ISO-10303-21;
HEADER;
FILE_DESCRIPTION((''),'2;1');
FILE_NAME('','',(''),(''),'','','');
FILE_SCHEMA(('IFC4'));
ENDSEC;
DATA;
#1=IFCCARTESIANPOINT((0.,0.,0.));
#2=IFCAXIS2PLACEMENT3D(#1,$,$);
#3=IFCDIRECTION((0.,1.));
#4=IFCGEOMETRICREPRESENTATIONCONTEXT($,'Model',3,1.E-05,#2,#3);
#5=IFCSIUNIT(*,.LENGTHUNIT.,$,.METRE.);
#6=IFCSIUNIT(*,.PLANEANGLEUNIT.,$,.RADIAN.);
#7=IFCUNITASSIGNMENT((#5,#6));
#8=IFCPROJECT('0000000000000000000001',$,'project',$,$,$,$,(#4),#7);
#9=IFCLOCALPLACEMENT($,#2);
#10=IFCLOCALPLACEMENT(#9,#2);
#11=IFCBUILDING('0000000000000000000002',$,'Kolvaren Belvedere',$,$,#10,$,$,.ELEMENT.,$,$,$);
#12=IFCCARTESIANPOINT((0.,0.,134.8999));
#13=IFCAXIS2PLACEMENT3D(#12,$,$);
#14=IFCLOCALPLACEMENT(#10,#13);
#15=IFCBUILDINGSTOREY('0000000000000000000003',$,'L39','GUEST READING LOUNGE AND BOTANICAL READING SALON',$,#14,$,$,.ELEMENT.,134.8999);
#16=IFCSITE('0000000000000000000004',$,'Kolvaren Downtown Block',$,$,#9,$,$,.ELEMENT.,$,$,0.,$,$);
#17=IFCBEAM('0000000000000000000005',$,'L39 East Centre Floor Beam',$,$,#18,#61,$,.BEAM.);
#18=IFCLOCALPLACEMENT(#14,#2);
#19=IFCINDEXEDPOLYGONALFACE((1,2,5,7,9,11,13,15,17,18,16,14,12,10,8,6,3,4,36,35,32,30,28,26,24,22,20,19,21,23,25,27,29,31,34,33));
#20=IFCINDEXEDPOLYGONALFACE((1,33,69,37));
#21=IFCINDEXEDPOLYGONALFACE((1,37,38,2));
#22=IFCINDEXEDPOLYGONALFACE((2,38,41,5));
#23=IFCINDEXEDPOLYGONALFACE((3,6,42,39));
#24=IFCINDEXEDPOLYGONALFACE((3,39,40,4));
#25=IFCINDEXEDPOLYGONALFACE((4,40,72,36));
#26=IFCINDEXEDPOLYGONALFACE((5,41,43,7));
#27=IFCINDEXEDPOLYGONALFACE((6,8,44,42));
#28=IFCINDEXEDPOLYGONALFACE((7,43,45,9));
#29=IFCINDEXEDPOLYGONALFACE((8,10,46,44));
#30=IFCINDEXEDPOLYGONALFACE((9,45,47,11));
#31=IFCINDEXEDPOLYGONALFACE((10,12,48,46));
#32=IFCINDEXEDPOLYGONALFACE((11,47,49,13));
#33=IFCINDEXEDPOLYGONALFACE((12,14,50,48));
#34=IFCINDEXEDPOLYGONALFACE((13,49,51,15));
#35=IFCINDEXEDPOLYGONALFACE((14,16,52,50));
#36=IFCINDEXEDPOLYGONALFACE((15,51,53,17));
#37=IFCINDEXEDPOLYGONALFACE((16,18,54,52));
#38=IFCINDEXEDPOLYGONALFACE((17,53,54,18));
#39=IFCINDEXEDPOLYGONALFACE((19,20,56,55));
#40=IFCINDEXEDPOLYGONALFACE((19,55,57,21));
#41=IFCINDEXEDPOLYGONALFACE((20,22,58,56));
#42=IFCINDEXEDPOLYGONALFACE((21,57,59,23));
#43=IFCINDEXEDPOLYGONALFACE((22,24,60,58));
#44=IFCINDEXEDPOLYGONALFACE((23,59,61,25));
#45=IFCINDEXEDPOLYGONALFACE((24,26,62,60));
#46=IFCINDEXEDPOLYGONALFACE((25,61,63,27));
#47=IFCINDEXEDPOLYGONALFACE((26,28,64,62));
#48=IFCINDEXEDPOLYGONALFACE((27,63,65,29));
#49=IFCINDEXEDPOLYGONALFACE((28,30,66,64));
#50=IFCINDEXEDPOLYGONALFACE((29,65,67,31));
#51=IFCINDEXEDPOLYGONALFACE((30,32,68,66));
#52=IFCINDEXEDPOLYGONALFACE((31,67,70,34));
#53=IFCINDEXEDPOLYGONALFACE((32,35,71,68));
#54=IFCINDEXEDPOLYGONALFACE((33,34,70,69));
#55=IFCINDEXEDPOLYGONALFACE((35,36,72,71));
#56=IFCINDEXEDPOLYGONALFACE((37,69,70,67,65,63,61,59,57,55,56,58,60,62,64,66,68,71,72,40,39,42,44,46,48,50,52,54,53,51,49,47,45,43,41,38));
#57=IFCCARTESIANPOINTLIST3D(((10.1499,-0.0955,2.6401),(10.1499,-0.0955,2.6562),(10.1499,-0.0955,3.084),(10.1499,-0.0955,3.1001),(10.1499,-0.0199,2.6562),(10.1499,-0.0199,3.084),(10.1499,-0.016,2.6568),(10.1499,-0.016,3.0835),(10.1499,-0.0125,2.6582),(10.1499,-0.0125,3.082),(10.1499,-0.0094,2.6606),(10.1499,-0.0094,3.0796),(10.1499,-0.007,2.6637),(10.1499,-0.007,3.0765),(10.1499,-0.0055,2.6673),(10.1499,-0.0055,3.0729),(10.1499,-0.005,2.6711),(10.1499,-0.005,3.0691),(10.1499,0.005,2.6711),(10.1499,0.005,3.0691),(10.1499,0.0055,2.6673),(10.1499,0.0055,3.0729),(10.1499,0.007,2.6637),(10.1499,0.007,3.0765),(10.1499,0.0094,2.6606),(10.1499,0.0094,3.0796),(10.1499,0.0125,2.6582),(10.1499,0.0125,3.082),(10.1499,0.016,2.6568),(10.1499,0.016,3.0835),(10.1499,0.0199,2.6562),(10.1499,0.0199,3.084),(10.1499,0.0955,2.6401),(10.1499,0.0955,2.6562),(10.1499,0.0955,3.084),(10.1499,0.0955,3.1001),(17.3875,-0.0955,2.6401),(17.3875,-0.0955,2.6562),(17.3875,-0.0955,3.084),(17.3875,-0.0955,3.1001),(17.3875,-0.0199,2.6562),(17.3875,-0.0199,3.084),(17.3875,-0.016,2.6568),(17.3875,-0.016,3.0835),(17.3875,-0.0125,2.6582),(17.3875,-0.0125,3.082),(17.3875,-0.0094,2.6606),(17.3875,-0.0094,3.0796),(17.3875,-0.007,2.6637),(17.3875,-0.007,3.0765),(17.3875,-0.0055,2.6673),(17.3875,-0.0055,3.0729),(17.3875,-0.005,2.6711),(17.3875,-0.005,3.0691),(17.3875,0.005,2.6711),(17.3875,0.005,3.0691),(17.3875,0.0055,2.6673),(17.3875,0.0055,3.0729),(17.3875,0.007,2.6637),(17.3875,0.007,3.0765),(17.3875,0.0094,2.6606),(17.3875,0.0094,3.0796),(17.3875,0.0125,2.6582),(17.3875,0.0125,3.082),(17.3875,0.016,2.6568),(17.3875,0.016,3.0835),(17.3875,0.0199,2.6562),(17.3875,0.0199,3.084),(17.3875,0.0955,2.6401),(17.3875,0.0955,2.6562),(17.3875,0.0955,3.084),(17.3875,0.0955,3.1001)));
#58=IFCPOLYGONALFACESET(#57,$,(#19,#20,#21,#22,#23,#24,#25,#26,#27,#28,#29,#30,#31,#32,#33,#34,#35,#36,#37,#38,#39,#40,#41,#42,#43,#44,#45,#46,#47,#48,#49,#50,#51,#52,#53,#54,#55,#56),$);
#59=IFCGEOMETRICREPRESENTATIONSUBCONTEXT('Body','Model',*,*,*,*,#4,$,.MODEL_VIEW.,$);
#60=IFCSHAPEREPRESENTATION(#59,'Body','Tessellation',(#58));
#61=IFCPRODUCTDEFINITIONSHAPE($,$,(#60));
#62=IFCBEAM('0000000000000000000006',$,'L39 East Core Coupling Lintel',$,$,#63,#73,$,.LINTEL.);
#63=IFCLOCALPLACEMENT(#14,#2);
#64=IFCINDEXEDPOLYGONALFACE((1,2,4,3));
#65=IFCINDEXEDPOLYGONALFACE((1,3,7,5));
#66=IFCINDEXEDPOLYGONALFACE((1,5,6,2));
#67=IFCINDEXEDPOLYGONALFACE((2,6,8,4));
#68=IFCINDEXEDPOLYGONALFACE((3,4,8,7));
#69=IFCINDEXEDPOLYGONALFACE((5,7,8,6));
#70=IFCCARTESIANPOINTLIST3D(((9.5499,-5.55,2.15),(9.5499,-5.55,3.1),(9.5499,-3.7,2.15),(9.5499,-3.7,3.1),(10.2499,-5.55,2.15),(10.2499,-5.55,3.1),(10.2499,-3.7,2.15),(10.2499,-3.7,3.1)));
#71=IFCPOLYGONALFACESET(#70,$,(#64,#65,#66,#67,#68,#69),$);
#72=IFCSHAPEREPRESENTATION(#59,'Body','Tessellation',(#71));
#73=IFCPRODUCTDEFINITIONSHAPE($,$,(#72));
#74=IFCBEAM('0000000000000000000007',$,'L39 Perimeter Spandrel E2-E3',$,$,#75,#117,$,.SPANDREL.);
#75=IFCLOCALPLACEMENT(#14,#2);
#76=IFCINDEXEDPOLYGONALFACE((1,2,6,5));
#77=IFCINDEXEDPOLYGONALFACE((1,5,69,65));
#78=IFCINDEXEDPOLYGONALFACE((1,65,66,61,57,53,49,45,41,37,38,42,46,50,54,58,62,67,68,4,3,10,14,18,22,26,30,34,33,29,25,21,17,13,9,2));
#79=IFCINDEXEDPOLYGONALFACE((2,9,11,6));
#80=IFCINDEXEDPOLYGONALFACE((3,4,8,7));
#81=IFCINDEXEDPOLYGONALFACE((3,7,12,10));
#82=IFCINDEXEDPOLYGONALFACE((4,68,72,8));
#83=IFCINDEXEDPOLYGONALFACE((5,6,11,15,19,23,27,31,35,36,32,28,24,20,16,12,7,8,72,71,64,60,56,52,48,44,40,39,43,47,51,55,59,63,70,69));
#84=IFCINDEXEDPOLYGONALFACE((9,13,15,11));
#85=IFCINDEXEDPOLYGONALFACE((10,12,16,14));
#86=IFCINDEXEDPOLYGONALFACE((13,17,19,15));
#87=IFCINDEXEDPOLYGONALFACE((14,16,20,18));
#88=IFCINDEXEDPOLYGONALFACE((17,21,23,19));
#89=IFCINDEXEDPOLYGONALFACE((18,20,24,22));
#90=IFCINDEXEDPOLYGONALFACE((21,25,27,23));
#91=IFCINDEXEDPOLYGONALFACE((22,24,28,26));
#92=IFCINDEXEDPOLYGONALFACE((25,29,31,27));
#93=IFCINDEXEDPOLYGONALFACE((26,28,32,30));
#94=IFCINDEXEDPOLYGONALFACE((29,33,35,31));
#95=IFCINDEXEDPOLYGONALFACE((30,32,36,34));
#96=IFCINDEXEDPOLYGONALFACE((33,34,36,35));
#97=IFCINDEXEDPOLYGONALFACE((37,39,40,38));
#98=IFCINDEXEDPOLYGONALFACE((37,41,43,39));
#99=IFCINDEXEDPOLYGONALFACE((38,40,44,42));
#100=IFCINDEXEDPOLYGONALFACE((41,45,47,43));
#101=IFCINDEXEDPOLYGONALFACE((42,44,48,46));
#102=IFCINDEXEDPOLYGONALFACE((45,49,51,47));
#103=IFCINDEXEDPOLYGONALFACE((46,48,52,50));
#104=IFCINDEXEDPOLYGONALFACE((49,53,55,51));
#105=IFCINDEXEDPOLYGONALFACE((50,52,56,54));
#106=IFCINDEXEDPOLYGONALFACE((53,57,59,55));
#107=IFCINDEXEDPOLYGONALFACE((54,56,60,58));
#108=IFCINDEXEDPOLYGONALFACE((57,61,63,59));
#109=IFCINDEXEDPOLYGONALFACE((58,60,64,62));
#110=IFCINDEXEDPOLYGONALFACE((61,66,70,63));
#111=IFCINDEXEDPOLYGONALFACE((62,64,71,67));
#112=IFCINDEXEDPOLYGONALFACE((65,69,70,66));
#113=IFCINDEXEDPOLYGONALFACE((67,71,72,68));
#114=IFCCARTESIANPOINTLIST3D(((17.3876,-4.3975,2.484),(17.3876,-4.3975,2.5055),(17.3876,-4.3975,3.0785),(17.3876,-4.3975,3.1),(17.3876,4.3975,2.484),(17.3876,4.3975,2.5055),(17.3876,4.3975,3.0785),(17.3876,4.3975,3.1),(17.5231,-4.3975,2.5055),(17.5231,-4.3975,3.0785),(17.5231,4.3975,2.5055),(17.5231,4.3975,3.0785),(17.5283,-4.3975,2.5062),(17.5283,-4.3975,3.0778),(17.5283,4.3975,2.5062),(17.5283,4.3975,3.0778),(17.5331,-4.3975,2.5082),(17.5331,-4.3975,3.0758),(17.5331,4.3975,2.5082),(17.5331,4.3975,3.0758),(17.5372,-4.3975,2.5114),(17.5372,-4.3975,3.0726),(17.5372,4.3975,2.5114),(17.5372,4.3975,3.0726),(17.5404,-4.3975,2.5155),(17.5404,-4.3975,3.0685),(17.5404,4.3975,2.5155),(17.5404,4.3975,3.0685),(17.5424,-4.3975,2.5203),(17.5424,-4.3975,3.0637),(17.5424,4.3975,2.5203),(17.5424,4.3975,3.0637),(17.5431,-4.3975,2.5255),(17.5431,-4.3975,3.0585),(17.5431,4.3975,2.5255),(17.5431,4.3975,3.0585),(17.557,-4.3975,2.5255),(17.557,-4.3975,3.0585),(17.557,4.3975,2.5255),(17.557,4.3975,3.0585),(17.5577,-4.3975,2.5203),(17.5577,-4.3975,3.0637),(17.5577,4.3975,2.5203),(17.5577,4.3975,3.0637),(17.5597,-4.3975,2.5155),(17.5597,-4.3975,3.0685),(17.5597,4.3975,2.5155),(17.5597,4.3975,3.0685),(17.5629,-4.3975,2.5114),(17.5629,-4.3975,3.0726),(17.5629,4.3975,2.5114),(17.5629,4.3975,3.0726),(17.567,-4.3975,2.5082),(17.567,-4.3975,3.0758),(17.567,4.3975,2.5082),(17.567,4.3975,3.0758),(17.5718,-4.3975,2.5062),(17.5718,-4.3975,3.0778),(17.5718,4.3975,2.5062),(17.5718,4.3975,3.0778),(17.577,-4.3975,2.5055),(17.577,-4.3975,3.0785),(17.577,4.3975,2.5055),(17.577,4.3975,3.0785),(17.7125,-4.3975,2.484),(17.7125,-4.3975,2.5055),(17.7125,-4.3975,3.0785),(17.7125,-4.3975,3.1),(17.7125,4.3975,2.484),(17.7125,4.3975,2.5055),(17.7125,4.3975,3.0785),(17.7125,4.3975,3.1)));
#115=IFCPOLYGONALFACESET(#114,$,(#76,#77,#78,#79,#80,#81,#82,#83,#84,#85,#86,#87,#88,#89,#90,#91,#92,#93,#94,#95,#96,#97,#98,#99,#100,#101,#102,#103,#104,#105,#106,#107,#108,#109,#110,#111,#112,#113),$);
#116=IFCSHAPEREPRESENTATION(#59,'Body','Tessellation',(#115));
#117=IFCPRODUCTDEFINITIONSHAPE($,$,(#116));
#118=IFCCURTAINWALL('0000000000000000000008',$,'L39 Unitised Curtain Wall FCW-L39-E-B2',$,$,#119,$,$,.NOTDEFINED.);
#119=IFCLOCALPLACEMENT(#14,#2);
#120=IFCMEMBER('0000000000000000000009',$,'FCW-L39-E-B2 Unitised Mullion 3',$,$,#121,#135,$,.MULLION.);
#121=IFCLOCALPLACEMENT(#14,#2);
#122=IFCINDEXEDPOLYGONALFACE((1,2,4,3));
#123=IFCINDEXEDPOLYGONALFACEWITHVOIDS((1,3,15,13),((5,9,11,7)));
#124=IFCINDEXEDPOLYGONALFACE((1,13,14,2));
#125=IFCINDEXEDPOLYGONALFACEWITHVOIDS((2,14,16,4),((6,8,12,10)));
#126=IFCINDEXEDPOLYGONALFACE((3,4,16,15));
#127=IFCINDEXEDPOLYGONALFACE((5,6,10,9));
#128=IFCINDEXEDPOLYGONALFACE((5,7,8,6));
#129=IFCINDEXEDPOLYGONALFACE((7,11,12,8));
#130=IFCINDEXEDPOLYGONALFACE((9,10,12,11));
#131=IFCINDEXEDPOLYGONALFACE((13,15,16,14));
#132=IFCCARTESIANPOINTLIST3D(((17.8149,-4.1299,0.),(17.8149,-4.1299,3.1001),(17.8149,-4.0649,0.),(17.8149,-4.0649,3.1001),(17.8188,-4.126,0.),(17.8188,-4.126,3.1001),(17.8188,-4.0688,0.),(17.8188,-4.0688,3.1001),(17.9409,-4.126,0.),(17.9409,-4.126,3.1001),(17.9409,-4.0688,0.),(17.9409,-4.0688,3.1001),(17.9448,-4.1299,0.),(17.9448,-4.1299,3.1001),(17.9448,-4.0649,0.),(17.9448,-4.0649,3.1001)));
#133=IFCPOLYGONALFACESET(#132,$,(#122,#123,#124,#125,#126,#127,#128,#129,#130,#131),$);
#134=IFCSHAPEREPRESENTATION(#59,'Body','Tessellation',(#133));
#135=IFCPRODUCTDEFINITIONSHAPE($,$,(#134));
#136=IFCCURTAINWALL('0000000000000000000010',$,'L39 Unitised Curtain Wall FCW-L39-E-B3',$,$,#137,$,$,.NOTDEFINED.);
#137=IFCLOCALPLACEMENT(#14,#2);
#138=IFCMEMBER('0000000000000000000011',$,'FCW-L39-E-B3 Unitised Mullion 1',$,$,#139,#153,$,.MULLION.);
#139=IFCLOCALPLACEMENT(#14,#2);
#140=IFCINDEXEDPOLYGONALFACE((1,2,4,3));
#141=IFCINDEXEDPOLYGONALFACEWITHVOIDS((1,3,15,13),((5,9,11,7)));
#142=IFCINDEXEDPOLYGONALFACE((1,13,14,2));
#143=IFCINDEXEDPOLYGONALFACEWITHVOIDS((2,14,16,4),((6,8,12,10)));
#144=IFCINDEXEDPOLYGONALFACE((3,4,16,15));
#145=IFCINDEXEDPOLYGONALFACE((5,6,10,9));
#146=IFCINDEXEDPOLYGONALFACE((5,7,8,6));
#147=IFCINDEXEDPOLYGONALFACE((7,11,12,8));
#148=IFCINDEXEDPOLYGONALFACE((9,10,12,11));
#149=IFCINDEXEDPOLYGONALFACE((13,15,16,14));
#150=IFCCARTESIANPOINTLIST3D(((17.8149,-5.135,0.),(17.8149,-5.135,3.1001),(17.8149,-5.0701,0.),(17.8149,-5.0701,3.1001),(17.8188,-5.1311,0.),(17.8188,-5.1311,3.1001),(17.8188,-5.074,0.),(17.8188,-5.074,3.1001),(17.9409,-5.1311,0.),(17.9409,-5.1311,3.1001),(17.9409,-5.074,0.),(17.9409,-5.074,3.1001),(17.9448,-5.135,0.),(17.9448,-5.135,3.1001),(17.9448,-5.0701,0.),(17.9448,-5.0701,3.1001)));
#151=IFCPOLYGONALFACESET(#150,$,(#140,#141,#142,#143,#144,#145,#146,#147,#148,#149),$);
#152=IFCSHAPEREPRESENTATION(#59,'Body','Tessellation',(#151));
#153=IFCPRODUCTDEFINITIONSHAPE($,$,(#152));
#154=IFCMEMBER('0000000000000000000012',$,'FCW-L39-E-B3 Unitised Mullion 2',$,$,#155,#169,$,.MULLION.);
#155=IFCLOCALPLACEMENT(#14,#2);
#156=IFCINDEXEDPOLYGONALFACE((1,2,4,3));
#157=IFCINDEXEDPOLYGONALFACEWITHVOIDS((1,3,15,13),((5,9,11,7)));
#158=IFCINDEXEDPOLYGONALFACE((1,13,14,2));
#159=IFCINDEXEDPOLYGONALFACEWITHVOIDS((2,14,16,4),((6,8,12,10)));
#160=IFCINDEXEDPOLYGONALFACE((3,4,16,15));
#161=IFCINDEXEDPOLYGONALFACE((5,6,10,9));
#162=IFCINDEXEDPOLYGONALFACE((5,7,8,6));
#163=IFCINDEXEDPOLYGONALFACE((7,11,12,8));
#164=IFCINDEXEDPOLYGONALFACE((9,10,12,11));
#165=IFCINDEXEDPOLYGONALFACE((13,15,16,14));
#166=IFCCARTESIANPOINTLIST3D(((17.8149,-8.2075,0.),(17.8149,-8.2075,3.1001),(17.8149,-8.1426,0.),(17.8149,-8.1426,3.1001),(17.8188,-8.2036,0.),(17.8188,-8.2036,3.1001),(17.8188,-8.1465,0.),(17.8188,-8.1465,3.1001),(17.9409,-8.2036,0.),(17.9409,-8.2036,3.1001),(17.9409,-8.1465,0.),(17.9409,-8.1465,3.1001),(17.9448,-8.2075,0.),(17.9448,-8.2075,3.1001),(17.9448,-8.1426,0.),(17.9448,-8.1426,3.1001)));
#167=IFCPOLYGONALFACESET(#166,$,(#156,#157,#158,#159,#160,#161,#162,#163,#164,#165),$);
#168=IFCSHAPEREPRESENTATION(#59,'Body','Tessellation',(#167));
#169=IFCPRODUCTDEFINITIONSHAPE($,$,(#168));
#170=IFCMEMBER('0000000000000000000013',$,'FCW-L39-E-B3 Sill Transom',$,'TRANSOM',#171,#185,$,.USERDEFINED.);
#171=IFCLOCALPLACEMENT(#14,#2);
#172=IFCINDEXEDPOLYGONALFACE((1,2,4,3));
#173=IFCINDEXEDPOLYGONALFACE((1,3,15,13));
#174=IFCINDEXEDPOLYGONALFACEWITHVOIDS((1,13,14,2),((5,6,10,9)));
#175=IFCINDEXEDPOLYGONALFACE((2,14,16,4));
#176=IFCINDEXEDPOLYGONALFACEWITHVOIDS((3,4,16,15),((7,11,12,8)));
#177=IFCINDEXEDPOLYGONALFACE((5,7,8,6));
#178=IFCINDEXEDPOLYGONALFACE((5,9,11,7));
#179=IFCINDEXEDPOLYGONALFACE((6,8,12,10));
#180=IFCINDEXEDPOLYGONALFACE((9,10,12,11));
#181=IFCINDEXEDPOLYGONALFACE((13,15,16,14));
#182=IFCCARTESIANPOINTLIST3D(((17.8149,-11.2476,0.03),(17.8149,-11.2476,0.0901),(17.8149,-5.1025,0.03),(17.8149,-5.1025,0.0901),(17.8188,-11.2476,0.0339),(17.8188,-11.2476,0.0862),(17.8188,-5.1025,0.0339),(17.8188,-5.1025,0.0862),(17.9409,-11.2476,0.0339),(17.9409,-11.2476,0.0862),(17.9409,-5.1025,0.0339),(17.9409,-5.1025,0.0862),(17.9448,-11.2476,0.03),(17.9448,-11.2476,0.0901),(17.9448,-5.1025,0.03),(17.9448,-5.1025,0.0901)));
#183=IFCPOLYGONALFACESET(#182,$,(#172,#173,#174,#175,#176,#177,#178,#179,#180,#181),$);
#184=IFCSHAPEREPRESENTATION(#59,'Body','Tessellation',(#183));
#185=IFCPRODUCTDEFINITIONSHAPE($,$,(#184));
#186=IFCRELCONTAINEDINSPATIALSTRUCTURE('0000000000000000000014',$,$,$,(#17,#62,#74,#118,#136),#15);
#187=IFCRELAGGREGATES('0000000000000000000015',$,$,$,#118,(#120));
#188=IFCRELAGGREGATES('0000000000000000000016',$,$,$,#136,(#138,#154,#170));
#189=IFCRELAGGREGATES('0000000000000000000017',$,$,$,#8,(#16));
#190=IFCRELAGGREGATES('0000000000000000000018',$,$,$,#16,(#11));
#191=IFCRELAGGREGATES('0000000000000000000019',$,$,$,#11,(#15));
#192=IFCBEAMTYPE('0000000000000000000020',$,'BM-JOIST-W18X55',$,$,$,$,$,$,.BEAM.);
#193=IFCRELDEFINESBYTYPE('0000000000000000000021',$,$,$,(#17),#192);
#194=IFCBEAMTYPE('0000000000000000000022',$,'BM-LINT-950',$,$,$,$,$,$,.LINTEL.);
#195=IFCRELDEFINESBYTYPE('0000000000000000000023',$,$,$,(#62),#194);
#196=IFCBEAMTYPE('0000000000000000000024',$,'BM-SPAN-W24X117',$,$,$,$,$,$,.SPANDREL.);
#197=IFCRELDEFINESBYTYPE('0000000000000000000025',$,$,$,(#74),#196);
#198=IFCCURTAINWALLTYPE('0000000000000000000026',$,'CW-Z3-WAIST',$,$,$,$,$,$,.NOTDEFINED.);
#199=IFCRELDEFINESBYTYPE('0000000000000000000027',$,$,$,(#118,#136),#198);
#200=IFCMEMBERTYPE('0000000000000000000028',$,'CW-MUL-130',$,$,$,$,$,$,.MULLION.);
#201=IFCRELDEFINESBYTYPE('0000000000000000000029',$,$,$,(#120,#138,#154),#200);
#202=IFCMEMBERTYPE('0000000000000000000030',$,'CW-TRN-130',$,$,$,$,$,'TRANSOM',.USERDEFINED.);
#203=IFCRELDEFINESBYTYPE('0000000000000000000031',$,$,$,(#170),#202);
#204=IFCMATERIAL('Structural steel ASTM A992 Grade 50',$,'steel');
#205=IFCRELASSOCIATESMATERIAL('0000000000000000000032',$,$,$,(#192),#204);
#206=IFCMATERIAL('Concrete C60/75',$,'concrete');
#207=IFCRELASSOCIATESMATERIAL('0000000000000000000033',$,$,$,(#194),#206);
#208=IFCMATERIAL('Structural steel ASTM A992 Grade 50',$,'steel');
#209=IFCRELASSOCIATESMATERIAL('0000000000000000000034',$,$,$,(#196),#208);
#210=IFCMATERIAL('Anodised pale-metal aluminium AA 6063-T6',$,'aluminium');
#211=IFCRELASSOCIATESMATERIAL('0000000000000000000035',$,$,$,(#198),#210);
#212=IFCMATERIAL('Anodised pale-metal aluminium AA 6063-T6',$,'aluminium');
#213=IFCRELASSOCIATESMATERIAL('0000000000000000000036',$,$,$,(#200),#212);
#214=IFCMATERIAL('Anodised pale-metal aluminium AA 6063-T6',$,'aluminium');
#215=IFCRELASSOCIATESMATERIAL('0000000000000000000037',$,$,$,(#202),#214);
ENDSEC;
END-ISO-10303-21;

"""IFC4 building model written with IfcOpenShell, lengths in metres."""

from ifc_helpers import new_model, si_unit, direction, frame, origin, origin_2d, place, context, subcontext, project, spatial, rectangle, hollow_rectangle, i_section, extrude, material, material_profile, profile_set, type_object, element, aggregate, save


model = new_model("IFC4")

# Units and contexts
model_context = context("Model", 3, precision=1e-05, world=origin(), true_north=direction((0.0, 1.0)))
body_context = subcontext(model_context, "Body", "Model", "MODEL_VIEW")
ifc_project = project(units=[si_unit("LENGTHUNIT", "METRE"), si_unit("PLANEANGLEUNIT", "RADIAN")], contexts=[model_context])

# Site, building, storey
site_placement = place(None, origin())
site = spatial("IfcSite", under=ifc_project, at=site_placement, Name="Kolvaren Downtown Block", CompositionType="ELEMENT", RefElevation=0.0)
building_placement = place(site_placement, origin())
building = spatial("IfcBuilding", under=site, at=building_placement, Name="Kolvaren Belvedere", CompositionType="ELEMENT")
storey_placement = place(building_placement, frame((0.0, 0.0, 134.8999)))
storey = spatial("IfcBuildingStorey", under=building, at=storey_placement, Name="L39", Description="GUEST READING LOUNGE AND BOTANICAL READING SALON", CompositionType="ELEMENT", Elevation=134.8999)

# Beams
ifc_material_1 = material(Name="Structural steel ASTM A992 Grade 50", Category="steel")
ifc_material_profile_1 = material_profile(ifc_material_1, i_section(OverallWidth=0.1909, OverallDepth=0.46, WebThickness=0.01, FlangeThickness=0.0161, FilletRadius=0.0149, at=origin_2d()), Name="W18X55")
ifc_profile_set_1 = profile_set([ifc_material_profile_1], Name="Structural steel ASTM A992 Grade 50")
beam_type_1 = type_object("IfcBeamType", Name="BM-JOIST-W18X55", PredefinedType="BEAM", material=ifc_profile_set_1)
beam_1_placement = place(storey_placement, frame((10.1499, 0.0, 2.8701), z_axis=(1.0, 0.0, 0.0), x_axis=(0.0, 1.0, 0.0)))
element("IfcBeam", 1, at=beam_1_placement, inside=storey, type_object=beam_type_1, Name="L39 East Centre Floor Beam", PredefinedType="BEAM", context=body_context, shape_type="SweptSolid", body=[
    extrude(i_section(OverallWidth=0.1909, OverallDepth=0.46, WebThickness=0.01, FlangeThickness=0.0161, FilletRadius=0.0149, at=origin_2d()), origin(), (0.0, 0.0, 1.0), 7.2375),
])
ifc_material_2 = material(Name="Concrete C60/75", Category="concrete")
ifc_material_profile_2 = material_profile(ifc_material_2, rectangle(XDim=0.7, YDim=0.95, at=origin_2d()), Name="RC 700X950")
ifc_profile_set_2 = profile_set([ifc_material_profile_2], Name="Concrete C60/75")
beam_type_2 = type_object("IfcBeamType", Name="BM-LINT-950", PredefinedType="LINTEL", material=ifc_profile_set_2)
beam_2_placement = place(storey_placement, frame((9.8999, -5.55, 2.625), z_axis=(0.0, 1.0, 0.0), x_axis=(-1.0, 0.0, 0.0)))
element("IfcBeam", 2, at=beam_2_placement, inside=storey, type_object=beam_type_2, Name="L39 East Core Coupling Lintel", PredefinedType="LINTEL", context=body_context, shape_type="SweptSolid", body=[
    extrude(rectangle(XDim=0.7, YDim=0.95, at=origin_2d()), origin(), (0.0, 0.0, 1.0), 1.8501),
])
ifc_material_3 = material(Name="Structural steel ASTM A992 Grade 50", Category="steel")
ifc_material_profile_3 = material_profile(ifc_material_3, i_section(OverallWidth=0.325, OverallDepth=0.616, WebThickness=0.0139, FlangeThickness=0.0215, FilletRadius=0.02, at=origin_2d()), Name="W24X117")
ifc_profile_set_3 = profile_set([ifc_material_profile_3], Name="Structural steel ASTM A992 Grade 50")
beam_type_3 = type_object("IfcBeamType", Name="BM-SPAN-W24X117", PredefinedType="SPANDREL", material=ifc_profile_set_3)
beam_3_placement = place(storey_placement, frame((17.55, -4.3975, 2.792), z_axis=(0.0, 1.0, 0.0), x_axis=(-1.0, 0.0, 0.0)))
element("IfcBeam", 3, at=beam_3_placement, inside=storey, type_object=beam_type_3, Name="L39 Perimeter Spandrel E2-E3", PredefinedType="SPANDREL", context=body_context, shape_type="SweptSolid", body=[
    extrude(i_section(OverallWidth=0.325, OverallDepth=0.616, WebThickness=0.0139, FlangeThickness=0.0215, FilletRadius=0.02, at=origin_2d()), origin(), (0.0, 0.0, 1.0), 8.7949),
])

# Curtain wall, member
ifc_material_4 = material(Name="Anodised pale-metal aluminium AA 6063-T6", Category="aluminium")
curtain_wall_type = type_object("IfcCurtainWallType", Name="CW-Z3-WAIST", PredefinedType="NOTDEFINED", material=ifc_material_4)
curtain_wall_1_placement = place(storey_placement, origin())
curtain_wall_1 = element("IfcCurtainWall", 4, at=curtain_wall_1_placement, inside=storey, type_object=curtain_wall_type, Name="L39 Unitised Curtain Wall FCW-L39-E-B2", PredefinedType="NOTDEFINED")
ifc_material_5 = material(Name="Anodised pale-metal aluminium AA 6063-T6", Category="aluminium")
ifc_material_profile_4 = material_profile(ifc_material_5, hollow_rectangle(XDim=0.0649, YDim=0.1299, WallThickness=0.0039, at=origin_2d()), Name="ALU-MUL-130X65")
ifc_profile_set_4 = profile_set([ifc_material_profile_4], Name="Anodised pale-metal aluminium AA 6063-T6")
member_type_1 = type_object("IfcMemberType", Name="CW-MUL-130", PredefinedType="MULLION", material=ifc_profile_set_4)
member_1_placement = place(storey_placement, frame((17.8799, -4.0974, 0.0), z_axis=(0.0, 0.0, 1.0), x_axis=(0.0, 1.0, 0.0)))
member_1 = element("IfcMember", 5, at=member_1_placement, type_object=member_type_1, Name="FCW-L39-E-B2 Unitised Mullion 3", PredefinedType="MULLION", context=body_context, shape_type="SweptSolid", body=[
    extrude(hollow_rectangle(XDim=0.0649, YDim=0.1299, WallThickness=0.0039, at=origin_2d()), origin(), (0.0, 0.0, 1.0), 3.1001),
])

# Curtain wall, members
curtain_wall_2_placement = place(storey_placement, origin())
curtain_wall_2 = element("IfcCurtainWall", 6, at=curtain_wall_2_placement, inside=storey, type_object=curtain_wall_type, Name="L39 Unitised Curtain Wall FCW-L39-E-B3", PredefinedType="NOTDEFINED")
member_2_placement = place(storey_placement, frame((17.8799, -5.1025, 0.0), z_axis=(0.0, 0.0, 1.0), x_axis=(0.0, 1.0, 0.0)))
member_2 = element("IfcMember", 7, at=member_2_placement, type_object=member_type_1, Name="FCW-L39-E-B3 Unitised Mullion 1", PredefinedType="MULLION", context=body_context, shape_type="SweptSolid", body=[
    extrude(hollow_rectangle(XDim=0.0649, YDim=0.1299, WallThickness=0.0039, at=origin_2d()), origin(), (0.0, 0.0, 1.0), 3.1001),
])
member_3_placement = place(storey_placement, frame((17.8799, -8.175, 0.0), z_axis=(0.0, 0.0, 1.0), x_axis=(0.0, 1.0, 0.0)))
member_3 = element("IfcMember", 8, at=member_3_placement, type_object=member_type_1, Name="FCW-L39-E-B3 Unitised Mullion 2", PredefinedType="MULLION", context=body_context, shape_type="SweptSolid", body=[
    extrude(hollow_rectangle(XDim=0.0649, YDim=0.1299, WallThickness=0.0039, at=origin_2d()), origin(), (0.0, 0.0, 1.0), 3.1001),
])
ifc_material_6 = material(Name="Anodised pale-metal aluminium AA 6063-T6", Category="aluminium")
ifc_material_profile_5 = material_profile(ifc_material_6, hollow_rectangle(XDim=0.0601, YDim=0.1299, WallThickness=0.0039, at=origin_2d()), Name="ALU-TRN-130X60")
ifc_profile_set_5 = profile_set([ifc_material_profile_5], Name="Anodised pale-metal aluminium AA 6063-T6")
member_type_2 = type_object("IfcMemberType", Name="CW-TRN-130", ElementType="TRANSOM", PredefinedType="USERDEFINED", material=ifc_profile_set_5)
member_4_placement = place(storey_placement, frame((17.8799, -5.1025, 0.0601), z_axis=(0.0, -1.0, 0.0), x_axis=(0.0, 0.0, 1.0)))
member_4 = element("IfcMember", 9, at=member_4_placement, type_object=member_type_2, Name="FCW-L39-E-B3 Sill Transom", ObjectType="TRANSOM", PredefinedType="USERDEFINED", context=body_context, shape_type="SweptSolid", body=[
    extrude(hollow_rectangle(XDim=0.0601, YDim=0.1299, WallThickness=0.0039, at=origin_2d()), origin(), (0.0, 0.0, 1.0), 6.145),
])

aggregate(curtain_wall_1, [member_1])
aggregate(curtain_wall_2, [member_2, member_3, member_4])

save(model, "model.ifc")
